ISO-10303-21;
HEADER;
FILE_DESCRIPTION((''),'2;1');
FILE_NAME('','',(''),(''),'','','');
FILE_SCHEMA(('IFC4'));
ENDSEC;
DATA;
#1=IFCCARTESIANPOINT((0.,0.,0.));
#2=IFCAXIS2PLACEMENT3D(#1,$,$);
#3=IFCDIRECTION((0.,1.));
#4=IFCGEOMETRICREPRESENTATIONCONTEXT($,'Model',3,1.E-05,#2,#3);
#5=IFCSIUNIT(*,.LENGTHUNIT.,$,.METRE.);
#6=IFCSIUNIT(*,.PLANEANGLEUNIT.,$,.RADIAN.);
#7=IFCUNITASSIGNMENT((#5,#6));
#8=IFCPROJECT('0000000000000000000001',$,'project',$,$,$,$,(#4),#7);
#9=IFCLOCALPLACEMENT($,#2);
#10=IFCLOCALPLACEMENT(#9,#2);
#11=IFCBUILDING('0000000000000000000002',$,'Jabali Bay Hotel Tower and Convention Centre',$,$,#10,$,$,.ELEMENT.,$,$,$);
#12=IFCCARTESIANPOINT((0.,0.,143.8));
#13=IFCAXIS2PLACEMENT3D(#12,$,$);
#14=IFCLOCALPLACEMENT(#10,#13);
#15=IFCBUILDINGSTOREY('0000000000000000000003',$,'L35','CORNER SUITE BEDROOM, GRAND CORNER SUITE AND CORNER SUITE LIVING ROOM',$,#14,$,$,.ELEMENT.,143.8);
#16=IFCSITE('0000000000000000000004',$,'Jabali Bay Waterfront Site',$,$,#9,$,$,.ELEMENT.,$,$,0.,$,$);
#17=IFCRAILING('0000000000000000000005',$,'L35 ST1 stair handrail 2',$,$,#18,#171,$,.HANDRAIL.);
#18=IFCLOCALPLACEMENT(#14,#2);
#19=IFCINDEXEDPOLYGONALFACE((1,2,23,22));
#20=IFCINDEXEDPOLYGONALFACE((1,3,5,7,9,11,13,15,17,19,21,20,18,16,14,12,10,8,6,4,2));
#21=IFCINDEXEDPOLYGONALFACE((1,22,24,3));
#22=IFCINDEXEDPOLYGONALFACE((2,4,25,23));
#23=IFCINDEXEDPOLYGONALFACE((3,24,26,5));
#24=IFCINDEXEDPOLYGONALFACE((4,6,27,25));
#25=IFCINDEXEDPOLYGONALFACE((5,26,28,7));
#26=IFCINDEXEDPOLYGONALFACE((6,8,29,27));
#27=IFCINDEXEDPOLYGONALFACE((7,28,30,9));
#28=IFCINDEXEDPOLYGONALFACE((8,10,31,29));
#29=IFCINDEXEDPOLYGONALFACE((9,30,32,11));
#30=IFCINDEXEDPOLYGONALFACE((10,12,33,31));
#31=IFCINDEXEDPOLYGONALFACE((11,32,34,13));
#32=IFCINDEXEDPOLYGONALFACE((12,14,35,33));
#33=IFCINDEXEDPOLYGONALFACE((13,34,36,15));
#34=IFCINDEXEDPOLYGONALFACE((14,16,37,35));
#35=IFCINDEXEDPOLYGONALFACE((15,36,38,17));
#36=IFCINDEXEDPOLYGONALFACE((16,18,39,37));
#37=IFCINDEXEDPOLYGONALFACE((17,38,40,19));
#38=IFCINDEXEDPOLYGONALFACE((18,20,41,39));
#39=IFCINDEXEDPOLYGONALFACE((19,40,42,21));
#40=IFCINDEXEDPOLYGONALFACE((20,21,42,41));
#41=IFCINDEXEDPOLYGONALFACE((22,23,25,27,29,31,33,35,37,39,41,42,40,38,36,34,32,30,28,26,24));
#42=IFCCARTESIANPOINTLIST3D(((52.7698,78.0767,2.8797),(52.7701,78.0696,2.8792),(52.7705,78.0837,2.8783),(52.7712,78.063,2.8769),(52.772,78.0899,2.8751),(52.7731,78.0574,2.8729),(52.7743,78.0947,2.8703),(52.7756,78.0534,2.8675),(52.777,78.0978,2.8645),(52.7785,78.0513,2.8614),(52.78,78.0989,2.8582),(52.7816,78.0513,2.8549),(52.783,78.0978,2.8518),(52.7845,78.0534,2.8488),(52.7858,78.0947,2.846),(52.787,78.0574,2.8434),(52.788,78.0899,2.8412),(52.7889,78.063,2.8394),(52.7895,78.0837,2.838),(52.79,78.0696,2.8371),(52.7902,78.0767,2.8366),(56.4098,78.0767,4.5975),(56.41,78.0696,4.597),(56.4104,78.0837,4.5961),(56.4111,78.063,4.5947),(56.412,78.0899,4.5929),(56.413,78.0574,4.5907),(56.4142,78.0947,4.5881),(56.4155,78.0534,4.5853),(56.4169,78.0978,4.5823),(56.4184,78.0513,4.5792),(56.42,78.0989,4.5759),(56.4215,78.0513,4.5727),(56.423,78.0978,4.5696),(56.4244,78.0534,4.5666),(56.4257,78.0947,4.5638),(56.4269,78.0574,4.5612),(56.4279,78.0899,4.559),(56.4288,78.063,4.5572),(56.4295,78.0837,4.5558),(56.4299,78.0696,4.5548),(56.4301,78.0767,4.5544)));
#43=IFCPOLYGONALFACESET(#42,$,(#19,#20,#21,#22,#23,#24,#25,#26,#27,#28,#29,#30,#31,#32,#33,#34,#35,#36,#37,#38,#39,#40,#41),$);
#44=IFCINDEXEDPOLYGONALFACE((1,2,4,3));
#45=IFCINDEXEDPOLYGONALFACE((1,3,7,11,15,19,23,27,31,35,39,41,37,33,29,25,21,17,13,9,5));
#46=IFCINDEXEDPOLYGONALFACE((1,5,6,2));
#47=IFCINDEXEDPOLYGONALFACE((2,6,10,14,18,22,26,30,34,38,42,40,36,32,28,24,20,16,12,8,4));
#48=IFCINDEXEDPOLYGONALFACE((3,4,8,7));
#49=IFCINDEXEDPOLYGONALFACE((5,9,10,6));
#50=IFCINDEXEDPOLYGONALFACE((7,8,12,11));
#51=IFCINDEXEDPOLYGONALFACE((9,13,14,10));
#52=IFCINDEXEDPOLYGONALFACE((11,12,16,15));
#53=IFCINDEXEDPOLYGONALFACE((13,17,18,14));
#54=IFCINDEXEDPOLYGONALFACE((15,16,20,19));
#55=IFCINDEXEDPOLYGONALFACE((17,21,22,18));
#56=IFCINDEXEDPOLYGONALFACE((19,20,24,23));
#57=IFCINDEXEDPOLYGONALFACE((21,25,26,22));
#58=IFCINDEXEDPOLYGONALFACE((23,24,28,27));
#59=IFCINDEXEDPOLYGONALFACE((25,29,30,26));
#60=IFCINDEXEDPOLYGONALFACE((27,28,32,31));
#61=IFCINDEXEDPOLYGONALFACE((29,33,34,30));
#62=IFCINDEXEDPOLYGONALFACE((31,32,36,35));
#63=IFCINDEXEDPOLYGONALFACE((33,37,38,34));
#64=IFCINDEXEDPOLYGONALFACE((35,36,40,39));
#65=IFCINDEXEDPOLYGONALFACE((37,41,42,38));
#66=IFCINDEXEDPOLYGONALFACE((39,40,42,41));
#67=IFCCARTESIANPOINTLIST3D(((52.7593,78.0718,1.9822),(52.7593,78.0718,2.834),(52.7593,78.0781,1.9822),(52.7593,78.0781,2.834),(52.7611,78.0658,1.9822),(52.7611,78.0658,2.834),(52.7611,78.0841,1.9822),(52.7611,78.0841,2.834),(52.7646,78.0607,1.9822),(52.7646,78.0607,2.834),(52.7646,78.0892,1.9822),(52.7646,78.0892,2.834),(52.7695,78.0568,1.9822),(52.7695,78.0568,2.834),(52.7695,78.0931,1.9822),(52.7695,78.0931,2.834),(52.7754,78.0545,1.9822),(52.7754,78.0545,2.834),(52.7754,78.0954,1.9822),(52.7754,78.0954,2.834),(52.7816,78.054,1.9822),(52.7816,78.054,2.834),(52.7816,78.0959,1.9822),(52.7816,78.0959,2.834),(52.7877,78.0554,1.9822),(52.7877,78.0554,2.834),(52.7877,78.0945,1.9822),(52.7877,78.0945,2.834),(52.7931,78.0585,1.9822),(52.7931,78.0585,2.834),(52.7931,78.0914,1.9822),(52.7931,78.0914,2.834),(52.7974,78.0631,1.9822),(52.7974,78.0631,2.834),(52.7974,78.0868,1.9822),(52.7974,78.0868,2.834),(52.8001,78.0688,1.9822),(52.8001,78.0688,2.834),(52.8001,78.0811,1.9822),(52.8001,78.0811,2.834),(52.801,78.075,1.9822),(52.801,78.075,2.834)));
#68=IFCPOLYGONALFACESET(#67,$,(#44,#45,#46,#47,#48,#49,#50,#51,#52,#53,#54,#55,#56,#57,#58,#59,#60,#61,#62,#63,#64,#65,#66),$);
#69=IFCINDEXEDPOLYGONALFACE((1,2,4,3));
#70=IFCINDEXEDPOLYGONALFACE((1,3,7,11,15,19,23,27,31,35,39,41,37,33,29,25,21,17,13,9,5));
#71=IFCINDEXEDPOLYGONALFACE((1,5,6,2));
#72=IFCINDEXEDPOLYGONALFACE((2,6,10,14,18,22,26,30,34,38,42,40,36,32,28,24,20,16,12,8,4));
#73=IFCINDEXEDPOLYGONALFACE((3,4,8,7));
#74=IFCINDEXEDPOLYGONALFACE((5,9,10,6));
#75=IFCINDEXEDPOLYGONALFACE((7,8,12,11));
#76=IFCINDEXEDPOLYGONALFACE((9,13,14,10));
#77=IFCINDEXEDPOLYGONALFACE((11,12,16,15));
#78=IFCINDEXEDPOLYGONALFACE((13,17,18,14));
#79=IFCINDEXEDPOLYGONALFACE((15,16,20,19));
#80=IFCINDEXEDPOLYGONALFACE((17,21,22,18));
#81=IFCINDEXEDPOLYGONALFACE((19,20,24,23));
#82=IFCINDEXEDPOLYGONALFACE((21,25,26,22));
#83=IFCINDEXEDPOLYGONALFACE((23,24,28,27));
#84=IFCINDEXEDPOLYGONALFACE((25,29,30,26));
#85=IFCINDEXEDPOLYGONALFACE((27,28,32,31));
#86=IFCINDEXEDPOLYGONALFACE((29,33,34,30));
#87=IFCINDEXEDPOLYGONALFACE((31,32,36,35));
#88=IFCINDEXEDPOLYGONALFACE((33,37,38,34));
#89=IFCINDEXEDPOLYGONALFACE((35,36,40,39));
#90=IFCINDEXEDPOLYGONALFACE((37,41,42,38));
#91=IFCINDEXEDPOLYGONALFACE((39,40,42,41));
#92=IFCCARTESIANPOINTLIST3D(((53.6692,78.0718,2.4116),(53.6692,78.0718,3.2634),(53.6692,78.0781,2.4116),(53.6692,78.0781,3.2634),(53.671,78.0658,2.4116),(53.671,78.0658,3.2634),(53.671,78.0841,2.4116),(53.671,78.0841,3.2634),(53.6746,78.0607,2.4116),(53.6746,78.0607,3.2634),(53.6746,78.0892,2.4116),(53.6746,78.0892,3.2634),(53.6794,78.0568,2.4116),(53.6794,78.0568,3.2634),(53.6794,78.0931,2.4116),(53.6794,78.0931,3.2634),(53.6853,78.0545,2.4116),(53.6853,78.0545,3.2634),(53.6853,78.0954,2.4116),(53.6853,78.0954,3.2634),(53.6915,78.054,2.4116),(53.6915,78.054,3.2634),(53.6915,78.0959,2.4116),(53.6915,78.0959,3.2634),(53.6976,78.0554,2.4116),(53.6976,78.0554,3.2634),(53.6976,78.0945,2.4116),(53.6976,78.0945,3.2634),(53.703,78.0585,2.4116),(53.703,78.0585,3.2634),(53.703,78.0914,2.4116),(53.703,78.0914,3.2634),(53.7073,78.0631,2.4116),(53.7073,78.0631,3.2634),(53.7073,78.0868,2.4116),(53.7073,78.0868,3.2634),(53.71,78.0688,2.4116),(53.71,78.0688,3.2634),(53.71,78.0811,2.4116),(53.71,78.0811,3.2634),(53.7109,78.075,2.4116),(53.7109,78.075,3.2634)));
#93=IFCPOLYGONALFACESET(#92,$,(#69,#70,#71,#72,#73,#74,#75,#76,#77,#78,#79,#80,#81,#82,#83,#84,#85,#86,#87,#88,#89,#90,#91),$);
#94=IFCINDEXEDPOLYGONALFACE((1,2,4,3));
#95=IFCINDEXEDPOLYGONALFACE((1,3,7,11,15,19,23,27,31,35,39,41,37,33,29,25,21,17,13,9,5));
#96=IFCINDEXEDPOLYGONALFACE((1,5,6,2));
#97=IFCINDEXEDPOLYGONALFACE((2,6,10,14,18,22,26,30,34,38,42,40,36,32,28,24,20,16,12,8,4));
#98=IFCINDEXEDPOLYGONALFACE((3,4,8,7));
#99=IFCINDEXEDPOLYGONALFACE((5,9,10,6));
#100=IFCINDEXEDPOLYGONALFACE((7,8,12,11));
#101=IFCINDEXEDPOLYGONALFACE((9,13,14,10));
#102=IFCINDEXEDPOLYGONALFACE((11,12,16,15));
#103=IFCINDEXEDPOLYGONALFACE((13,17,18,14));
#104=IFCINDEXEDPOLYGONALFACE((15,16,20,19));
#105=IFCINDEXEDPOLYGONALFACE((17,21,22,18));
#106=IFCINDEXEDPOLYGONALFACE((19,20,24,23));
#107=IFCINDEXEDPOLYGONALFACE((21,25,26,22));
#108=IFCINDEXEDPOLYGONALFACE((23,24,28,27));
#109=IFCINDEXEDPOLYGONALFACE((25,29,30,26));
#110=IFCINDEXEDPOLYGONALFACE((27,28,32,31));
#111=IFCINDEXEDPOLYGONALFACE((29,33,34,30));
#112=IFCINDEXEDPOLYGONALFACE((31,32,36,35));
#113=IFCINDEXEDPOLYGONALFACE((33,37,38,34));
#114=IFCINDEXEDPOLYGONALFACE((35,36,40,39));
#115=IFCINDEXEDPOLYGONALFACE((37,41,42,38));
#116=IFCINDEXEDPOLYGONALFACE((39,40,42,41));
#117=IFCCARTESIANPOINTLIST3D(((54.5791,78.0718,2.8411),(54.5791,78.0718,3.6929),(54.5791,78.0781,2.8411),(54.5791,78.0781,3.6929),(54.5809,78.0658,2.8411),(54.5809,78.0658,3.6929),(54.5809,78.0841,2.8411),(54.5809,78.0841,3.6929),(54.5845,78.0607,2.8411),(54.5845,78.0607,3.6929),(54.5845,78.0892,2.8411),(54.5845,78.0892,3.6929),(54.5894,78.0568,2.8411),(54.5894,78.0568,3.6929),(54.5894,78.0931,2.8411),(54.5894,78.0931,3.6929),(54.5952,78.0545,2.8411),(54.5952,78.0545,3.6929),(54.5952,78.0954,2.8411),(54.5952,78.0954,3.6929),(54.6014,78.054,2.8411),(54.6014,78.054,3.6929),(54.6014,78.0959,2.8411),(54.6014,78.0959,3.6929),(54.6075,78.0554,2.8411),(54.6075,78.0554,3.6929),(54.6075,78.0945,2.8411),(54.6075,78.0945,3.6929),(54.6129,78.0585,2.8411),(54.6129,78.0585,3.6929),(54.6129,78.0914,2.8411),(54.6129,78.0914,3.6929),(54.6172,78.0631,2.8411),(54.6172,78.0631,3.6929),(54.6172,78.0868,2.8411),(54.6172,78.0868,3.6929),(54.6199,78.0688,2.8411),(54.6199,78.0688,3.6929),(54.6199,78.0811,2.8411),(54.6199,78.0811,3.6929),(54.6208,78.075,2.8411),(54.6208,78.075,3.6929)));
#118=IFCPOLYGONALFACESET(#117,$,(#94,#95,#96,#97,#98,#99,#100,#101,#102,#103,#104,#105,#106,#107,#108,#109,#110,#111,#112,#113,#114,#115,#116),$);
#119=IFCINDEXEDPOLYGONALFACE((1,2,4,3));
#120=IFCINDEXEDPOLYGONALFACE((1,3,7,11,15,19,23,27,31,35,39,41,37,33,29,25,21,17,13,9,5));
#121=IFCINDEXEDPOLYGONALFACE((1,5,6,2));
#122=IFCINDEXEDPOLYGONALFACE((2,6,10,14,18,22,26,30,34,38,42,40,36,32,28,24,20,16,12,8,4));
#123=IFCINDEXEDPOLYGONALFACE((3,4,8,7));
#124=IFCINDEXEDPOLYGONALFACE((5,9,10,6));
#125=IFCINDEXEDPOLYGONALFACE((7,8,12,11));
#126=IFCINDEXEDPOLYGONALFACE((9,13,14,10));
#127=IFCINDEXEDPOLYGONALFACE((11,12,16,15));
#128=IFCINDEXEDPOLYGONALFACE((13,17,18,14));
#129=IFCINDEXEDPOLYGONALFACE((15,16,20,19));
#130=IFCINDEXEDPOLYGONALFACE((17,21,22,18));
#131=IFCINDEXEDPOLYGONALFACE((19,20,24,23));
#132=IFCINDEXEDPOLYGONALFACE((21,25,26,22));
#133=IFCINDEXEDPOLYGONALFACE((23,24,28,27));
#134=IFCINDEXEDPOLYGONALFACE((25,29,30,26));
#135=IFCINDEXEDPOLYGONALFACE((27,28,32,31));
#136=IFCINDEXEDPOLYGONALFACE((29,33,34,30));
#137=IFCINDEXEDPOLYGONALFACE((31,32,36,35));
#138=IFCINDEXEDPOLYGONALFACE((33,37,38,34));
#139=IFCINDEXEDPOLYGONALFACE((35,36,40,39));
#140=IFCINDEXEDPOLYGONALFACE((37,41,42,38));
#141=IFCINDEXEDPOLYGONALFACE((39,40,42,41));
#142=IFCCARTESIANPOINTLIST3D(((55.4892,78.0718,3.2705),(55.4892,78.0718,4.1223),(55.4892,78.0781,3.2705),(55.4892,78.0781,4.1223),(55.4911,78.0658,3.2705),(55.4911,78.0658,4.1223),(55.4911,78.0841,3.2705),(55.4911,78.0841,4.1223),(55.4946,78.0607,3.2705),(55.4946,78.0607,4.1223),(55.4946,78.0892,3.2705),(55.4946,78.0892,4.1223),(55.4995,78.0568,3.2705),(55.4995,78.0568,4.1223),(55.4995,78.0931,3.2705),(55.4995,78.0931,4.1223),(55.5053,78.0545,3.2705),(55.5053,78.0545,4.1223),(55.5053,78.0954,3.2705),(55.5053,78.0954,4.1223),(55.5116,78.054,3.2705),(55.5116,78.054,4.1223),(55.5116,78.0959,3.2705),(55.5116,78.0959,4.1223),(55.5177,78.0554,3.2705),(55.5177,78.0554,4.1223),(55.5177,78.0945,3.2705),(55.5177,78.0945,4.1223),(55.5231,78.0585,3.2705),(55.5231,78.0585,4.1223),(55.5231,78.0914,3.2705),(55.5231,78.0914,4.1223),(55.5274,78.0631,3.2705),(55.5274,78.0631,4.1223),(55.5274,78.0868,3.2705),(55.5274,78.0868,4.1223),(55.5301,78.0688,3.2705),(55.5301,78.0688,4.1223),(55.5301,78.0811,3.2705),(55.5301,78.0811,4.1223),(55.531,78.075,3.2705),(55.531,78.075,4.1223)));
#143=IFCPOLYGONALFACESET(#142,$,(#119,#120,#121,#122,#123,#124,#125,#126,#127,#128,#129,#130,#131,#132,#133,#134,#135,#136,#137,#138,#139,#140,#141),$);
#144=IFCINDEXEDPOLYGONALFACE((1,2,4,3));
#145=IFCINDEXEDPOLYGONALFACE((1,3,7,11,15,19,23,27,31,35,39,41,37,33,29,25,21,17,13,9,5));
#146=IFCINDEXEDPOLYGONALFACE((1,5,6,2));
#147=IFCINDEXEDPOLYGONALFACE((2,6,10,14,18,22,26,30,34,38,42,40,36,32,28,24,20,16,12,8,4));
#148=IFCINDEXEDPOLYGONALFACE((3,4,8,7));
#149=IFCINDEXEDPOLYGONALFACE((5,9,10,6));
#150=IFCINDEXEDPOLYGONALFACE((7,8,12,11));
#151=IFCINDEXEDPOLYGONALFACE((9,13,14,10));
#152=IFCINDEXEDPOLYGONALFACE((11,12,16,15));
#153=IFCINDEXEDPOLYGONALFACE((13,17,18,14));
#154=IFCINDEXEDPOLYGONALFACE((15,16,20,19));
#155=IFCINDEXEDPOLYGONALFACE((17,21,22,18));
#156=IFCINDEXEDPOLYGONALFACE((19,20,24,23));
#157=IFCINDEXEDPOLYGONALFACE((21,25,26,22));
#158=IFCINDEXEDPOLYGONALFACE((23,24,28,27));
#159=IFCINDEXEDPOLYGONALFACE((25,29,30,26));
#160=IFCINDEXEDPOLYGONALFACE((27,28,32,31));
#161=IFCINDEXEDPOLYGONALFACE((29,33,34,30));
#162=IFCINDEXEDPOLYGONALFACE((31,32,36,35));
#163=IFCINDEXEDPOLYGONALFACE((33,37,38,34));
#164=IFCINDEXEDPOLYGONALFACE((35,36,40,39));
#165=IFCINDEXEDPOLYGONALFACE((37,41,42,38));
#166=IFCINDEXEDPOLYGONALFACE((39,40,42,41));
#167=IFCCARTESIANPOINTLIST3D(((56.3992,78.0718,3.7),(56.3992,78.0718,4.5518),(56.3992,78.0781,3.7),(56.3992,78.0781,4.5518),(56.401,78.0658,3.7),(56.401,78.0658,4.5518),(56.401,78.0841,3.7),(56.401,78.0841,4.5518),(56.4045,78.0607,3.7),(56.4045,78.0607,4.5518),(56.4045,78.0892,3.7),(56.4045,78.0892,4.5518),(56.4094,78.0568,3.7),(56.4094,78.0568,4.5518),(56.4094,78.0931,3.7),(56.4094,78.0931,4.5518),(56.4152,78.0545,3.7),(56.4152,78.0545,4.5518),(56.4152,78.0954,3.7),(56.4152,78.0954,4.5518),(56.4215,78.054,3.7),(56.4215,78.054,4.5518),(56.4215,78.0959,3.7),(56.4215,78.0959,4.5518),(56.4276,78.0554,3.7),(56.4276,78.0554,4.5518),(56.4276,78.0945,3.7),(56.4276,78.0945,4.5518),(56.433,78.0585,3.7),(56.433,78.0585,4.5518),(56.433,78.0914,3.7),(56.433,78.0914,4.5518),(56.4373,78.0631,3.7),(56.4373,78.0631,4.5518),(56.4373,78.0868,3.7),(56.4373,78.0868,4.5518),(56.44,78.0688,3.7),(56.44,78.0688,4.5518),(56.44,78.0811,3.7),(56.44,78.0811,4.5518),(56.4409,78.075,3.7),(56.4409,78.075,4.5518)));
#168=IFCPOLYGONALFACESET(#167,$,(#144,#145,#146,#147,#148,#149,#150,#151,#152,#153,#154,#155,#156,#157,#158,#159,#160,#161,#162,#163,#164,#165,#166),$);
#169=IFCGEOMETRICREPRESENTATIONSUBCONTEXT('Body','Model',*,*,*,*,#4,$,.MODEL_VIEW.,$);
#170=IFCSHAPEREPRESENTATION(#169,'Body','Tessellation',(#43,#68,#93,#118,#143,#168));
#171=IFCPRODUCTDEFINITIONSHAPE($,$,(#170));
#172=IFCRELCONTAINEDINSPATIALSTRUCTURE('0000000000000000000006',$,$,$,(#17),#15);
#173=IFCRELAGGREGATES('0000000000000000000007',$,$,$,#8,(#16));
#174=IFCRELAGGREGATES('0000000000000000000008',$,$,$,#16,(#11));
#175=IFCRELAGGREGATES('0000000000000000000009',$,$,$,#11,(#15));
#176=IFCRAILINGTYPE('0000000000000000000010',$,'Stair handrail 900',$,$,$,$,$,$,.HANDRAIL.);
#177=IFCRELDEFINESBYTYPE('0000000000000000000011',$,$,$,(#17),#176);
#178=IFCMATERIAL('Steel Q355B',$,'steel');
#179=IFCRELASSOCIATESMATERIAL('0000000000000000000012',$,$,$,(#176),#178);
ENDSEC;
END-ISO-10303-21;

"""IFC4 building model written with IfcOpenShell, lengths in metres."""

from ifc_helpers import new_model, si_unit, direction, frame, origin, origin_2d, place, context, subcontext, project, spatial, circle, extrude, material, type_object, element, save


model = new_model("IFC4")

# Units and contexts
model_context = context("Model", 3, precision=1e-05, world=origin(), true_north=direction((0.0, 1.0)))
body_context = subcontext(model_context, "Body", "Model", "MODEL_VIEW")
ifc_project = project(units=[si_unit("LENGTHUNIT", "METRE"), si_unit("PLANEANGLEUNIT", "RADIAN")], contexts=[model_context])

# Site, building, storey
site_placement = place(None, origin())
site = spatial("IfcSite", under=ifc_project, at=site_placement, Name="Jabali Bay Waterfront Site", CompositionType="ELEMENT", RefElevation=0.0)
building_placement = place(site_placement, origin())
building = spatial("IfcBuilding", under=site, at=building_placement, Name="Jabali Bay Hotel Tower and Convention Centre", CompositionType="ELEMENT")
storey_placement = place(building_placement, frame((0.0, 0.0, 143.8)))
storey = spatial("IfcBuildingStorey", under=building, at=storey_placement, Name="L35", Description="CORNER SUITE BEDROOM, GRAND CORNER SUITE AND CORNER SUITE LIVING ROOM", CompositionType="ELEMENT", Elevation=143.8)

# Railing
ifc_material_1 = material(Name="Steel Q355B", Category="steel")
railing_type = type_object("IfcRailingType", Name="Stair handrail 900", PredefinedType="HANDRAIL", material=ifc_material_1)
railing_placement = place(storey_placement, frame((52.78, 78.075, 1.9822)))
element("IfcRailing", 1, at=railing_placement, inside=storey, type_object=railing_type, Name="L35 ST1 stair handrail 2", PredefinedType="HANDRAIL", context=body_context, shape_type="SweptSolid", body=[
    extrude(circle(Radius=0.0239, at=origin_2d()), frame((0.0, 0.0, 0.876), z_axis=(0.904351, 0.0, 0.42679), x_axis=(0.0, 1.0, 0.0)), (0.0, 0.0, 1.0), 4.0249),
    extrude(circle(Radius=0.021, at=origin_2d()), origin(), (0.0, 0.0, 1.0), 0.8518),
    extrude(circle(Radius=0.021, at=origin_2d()), frame((0.9099, 0.0, 0.4294)), (0.0, 0.0, 1.0), 0.8518),
    extrude(circle(Radius=0.021, at=origin_2d()), frame((1.8198, 0.0, 0.8589)), (0.0, 0.0, 1.0), 0.8518),
    extrude(circle(Radius=0.021, at=origin_2d()), frame((2.73, 0.0, 1.2883)), (0.0, 0.0, 1.0), 0.8518),
    extrude(circle(Radius=0.021, at=origin_2d()), frame((3.6399, 0.0, 1.7178)), (0.0, 0.0, 1.0), 0.8518),
])

save(model, "model.ifc")
